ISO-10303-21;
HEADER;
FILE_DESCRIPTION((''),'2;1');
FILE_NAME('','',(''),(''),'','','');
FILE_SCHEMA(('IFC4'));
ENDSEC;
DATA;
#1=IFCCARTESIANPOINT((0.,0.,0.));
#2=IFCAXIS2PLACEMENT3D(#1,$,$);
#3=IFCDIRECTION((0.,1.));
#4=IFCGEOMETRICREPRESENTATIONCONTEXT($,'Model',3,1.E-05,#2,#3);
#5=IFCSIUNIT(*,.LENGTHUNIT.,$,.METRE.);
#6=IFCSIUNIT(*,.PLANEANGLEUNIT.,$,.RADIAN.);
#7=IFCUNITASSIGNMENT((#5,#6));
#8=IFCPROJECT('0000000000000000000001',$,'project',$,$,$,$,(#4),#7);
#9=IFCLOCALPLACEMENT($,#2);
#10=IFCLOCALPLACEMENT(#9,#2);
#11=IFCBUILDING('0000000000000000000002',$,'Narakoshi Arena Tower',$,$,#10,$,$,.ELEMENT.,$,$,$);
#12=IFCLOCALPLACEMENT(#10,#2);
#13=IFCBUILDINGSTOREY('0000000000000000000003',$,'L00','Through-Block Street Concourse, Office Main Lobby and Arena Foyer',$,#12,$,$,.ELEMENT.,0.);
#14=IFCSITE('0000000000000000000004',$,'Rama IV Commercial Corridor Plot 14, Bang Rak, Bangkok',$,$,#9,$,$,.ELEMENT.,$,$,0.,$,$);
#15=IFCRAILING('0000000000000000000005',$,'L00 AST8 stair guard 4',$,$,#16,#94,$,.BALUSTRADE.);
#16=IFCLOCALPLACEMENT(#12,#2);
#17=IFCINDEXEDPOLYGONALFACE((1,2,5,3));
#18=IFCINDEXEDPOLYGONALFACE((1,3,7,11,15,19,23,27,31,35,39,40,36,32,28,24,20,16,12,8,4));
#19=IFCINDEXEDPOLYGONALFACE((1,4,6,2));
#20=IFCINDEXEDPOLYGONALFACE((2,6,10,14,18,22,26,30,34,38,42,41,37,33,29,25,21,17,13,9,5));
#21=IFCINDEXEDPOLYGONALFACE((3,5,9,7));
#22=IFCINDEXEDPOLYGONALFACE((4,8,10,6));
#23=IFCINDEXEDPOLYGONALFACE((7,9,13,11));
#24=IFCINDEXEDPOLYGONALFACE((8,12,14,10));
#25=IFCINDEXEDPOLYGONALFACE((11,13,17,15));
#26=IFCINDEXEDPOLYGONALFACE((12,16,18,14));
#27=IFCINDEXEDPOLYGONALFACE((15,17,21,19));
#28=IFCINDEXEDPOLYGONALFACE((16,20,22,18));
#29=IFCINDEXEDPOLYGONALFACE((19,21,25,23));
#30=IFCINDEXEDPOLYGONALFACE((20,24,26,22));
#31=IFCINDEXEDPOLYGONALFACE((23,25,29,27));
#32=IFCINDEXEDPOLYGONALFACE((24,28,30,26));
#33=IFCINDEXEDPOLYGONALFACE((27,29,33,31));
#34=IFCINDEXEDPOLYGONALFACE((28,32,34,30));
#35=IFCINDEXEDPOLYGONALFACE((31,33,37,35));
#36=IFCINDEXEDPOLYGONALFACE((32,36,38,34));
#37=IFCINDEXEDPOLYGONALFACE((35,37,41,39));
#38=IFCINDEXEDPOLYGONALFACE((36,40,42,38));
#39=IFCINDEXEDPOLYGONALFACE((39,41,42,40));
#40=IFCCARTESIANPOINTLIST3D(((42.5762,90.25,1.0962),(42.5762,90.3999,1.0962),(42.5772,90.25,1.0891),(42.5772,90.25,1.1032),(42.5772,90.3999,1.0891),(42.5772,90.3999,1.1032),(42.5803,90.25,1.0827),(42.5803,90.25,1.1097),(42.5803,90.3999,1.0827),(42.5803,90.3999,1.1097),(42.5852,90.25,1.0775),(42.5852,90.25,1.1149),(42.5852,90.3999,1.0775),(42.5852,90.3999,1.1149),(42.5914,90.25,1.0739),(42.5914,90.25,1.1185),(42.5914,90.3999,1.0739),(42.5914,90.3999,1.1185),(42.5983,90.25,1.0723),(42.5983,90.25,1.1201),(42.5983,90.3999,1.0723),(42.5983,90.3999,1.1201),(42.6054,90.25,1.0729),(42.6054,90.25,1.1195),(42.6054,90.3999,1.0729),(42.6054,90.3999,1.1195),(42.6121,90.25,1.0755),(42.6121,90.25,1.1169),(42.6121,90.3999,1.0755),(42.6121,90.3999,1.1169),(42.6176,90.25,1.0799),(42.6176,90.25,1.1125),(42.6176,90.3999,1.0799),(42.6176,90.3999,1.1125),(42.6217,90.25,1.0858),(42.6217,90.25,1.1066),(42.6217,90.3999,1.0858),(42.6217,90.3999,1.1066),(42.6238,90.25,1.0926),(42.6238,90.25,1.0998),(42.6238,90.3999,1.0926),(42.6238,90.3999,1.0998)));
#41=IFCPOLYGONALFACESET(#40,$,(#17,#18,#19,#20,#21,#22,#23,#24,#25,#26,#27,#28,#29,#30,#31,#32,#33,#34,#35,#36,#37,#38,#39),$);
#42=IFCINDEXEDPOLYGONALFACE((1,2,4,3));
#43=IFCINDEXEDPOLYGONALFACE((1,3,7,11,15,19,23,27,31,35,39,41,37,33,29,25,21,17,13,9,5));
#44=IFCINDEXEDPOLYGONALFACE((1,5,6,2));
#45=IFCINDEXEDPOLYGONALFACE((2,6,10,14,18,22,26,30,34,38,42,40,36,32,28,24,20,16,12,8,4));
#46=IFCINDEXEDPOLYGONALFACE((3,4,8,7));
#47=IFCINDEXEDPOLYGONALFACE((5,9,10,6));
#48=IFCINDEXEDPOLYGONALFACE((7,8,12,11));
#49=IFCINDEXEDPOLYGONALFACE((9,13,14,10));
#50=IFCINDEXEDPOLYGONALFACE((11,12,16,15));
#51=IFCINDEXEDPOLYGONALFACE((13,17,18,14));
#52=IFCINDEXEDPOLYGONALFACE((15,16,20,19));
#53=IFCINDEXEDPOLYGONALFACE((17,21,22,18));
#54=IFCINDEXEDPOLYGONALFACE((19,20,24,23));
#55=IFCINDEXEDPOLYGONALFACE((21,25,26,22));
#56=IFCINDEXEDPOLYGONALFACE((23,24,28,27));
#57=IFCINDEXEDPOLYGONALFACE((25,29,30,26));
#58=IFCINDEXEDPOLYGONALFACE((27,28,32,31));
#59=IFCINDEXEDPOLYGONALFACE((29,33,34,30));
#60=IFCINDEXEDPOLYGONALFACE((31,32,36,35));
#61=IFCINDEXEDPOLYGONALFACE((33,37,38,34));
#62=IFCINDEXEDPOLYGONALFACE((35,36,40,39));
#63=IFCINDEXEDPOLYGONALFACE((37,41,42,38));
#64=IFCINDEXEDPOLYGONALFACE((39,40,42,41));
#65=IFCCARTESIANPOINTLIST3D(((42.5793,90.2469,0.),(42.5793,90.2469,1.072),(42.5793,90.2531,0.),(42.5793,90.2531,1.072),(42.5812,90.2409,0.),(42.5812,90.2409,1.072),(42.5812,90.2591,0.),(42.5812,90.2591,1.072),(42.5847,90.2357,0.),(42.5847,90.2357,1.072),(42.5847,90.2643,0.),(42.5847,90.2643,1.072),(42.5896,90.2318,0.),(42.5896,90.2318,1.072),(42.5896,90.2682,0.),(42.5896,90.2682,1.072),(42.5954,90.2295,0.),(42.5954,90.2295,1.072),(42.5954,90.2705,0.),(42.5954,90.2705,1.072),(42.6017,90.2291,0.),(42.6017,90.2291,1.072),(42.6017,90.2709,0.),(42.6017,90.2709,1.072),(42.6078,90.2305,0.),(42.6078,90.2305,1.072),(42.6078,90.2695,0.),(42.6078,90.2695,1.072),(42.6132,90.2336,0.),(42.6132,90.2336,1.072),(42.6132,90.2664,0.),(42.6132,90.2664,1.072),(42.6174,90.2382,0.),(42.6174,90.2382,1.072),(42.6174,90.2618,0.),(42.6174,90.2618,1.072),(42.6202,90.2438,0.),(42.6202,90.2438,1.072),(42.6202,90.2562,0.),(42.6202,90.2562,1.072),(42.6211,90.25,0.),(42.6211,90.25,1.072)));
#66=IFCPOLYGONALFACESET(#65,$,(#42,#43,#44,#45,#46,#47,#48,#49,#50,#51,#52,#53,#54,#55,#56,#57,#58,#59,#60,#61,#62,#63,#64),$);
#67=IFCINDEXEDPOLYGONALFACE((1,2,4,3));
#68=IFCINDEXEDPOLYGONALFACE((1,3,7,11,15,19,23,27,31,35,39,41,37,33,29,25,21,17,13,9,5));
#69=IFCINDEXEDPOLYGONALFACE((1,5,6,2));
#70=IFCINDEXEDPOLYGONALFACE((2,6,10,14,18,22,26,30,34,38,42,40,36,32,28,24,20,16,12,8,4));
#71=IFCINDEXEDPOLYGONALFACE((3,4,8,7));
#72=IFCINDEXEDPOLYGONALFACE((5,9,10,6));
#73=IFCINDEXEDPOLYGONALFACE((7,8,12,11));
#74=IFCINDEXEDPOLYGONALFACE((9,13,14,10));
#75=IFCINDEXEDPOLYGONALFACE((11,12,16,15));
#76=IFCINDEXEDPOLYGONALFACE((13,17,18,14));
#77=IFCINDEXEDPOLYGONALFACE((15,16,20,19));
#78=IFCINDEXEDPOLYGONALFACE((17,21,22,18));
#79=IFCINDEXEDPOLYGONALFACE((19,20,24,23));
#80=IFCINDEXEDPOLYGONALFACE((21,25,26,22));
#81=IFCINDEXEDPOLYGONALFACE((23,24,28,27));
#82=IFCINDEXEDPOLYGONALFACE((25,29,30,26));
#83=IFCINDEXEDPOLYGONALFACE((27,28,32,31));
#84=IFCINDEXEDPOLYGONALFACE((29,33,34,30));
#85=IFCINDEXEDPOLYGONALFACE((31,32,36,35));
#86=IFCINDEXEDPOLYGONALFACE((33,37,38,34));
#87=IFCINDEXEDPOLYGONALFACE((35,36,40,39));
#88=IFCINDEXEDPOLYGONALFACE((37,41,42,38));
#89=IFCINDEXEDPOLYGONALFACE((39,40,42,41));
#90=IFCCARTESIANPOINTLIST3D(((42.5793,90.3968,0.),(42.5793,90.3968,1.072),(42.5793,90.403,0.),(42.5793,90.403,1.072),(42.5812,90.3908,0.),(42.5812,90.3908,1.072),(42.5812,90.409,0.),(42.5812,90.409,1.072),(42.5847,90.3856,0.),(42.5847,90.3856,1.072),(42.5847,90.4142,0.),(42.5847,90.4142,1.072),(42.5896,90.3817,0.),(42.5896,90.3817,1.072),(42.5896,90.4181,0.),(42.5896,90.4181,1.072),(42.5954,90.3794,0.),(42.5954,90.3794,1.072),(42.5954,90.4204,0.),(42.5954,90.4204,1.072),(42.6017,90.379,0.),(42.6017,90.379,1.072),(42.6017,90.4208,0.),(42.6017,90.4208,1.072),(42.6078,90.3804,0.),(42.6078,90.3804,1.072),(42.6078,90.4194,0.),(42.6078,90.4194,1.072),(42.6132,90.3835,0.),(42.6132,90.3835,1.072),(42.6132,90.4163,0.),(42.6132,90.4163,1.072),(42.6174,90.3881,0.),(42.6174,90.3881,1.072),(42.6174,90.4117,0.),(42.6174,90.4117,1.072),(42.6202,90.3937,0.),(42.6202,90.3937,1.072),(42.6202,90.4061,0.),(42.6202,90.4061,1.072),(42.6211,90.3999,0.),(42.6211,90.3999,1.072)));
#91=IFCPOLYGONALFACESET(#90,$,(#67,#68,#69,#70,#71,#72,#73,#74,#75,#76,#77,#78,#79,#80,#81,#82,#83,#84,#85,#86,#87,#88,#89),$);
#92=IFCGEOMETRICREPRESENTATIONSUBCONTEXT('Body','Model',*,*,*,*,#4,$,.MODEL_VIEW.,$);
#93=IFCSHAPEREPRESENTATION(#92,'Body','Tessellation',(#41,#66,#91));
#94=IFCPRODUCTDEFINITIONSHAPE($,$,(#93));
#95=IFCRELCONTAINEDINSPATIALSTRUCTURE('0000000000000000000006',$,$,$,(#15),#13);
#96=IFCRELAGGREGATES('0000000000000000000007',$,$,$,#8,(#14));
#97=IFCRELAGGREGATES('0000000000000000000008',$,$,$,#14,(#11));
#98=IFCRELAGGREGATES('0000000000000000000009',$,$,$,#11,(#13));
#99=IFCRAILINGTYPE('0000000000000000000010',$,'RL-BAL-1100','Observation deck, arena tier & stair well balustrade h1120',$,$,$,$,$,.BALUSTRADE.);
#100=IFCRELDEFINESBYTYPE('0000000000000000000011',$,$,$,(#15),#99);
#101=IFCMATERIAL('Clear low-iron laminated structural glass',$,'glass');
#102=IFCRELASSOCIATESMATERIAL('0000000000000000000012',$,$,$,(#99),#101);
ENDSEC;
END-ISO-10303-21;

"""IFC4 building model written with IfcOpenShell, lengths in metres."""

from ifc_helpers import new_model, si_unit, direction, frame, origin, origin_2d, place, context, subcontext, project, spatial, circle, extrude, material, type_object, element, save


model = new_model("IFC4")

# Units and contexts
model_context = context("Model", 3, precision=1e-05, world=origin(), true_north=direction((0.0, 1.0)))
body_context = subcontext(model_context, "Body", "Model", "MODEL_VIEW")
ifc_project = project(units=[si_unit("LENGTHUNIT", "METRE"), si_unit("PLANEANGLEUNIT", "RADIAN")], contexts=[model_context])

# Site, building, storey
site_placement = place(None, origin())
site = spatial("IfcSite", under=ifc_project, at=site_placement, Name="Rama IV Commercial Corridor Plot 14, Bang Rak, Bangkok", CompositionType="ELEMENT", RefElevation=0.0)
building_placement = place(site_placement, origin())
building = spatial("IfcBuilding", under=site, at=building_placement, Name="Narakoshi Arena Tower", CompositionType="ELEMENT")
storey_placement = place(building_placement, origin())
storey = spatial("IfcBuildingStorey", under=building, at=storey_placement, Name="L00", Description="Through-Block Street Concourse, Office Main Lobby and Arena Foyer", CompositionType="ELEMENT", Elevation=0.0)

# Railing
ifc_material_1 = material(Name="Clear low-iron laminated structural glass", Category="glass")
railing_type_1 = type_object("IfcRailingType", Name="RL-BAL-1100", Description="Observation deck, arena tier & stair well balustrade h1120", PredefinedType="BALUSTRADE", material=ifc_material_1)
for number, where, name in (
    (1, (42.6001, 90.25, 0.0), "L00 AST8 stair guard 4"),
):
    element("IfcRailing", number, at=place(storey_placement, frame(where)), inside=storey, type_object=railing_type_1, Name=name, PredefinedType="BALUSTRADE", context=body_context, shape_type="SweptSolid", body=[
        extrude(circle(Radius=0.0239, at=origin_2d()), frame((0.0, 0.0, 1.0962), z_axis=(0.0, 1.0, 0.0), x_axis=(-1.0, 0.0, 0.0)), (0.0, 0.0, 1.0), 0.1499),
        extrude(circle(Radius=0.021, at=origin_2d()), origin(), (0.0, 0.0, 1.0), 1.072),
        extrude(circle(Radius=0.021, at=origin_2d()), frame((0.0, 0.1499, 0.0)), (0.0, 0.0, 1.0), 1.072),
    ])

save(model, "model.ifc")
